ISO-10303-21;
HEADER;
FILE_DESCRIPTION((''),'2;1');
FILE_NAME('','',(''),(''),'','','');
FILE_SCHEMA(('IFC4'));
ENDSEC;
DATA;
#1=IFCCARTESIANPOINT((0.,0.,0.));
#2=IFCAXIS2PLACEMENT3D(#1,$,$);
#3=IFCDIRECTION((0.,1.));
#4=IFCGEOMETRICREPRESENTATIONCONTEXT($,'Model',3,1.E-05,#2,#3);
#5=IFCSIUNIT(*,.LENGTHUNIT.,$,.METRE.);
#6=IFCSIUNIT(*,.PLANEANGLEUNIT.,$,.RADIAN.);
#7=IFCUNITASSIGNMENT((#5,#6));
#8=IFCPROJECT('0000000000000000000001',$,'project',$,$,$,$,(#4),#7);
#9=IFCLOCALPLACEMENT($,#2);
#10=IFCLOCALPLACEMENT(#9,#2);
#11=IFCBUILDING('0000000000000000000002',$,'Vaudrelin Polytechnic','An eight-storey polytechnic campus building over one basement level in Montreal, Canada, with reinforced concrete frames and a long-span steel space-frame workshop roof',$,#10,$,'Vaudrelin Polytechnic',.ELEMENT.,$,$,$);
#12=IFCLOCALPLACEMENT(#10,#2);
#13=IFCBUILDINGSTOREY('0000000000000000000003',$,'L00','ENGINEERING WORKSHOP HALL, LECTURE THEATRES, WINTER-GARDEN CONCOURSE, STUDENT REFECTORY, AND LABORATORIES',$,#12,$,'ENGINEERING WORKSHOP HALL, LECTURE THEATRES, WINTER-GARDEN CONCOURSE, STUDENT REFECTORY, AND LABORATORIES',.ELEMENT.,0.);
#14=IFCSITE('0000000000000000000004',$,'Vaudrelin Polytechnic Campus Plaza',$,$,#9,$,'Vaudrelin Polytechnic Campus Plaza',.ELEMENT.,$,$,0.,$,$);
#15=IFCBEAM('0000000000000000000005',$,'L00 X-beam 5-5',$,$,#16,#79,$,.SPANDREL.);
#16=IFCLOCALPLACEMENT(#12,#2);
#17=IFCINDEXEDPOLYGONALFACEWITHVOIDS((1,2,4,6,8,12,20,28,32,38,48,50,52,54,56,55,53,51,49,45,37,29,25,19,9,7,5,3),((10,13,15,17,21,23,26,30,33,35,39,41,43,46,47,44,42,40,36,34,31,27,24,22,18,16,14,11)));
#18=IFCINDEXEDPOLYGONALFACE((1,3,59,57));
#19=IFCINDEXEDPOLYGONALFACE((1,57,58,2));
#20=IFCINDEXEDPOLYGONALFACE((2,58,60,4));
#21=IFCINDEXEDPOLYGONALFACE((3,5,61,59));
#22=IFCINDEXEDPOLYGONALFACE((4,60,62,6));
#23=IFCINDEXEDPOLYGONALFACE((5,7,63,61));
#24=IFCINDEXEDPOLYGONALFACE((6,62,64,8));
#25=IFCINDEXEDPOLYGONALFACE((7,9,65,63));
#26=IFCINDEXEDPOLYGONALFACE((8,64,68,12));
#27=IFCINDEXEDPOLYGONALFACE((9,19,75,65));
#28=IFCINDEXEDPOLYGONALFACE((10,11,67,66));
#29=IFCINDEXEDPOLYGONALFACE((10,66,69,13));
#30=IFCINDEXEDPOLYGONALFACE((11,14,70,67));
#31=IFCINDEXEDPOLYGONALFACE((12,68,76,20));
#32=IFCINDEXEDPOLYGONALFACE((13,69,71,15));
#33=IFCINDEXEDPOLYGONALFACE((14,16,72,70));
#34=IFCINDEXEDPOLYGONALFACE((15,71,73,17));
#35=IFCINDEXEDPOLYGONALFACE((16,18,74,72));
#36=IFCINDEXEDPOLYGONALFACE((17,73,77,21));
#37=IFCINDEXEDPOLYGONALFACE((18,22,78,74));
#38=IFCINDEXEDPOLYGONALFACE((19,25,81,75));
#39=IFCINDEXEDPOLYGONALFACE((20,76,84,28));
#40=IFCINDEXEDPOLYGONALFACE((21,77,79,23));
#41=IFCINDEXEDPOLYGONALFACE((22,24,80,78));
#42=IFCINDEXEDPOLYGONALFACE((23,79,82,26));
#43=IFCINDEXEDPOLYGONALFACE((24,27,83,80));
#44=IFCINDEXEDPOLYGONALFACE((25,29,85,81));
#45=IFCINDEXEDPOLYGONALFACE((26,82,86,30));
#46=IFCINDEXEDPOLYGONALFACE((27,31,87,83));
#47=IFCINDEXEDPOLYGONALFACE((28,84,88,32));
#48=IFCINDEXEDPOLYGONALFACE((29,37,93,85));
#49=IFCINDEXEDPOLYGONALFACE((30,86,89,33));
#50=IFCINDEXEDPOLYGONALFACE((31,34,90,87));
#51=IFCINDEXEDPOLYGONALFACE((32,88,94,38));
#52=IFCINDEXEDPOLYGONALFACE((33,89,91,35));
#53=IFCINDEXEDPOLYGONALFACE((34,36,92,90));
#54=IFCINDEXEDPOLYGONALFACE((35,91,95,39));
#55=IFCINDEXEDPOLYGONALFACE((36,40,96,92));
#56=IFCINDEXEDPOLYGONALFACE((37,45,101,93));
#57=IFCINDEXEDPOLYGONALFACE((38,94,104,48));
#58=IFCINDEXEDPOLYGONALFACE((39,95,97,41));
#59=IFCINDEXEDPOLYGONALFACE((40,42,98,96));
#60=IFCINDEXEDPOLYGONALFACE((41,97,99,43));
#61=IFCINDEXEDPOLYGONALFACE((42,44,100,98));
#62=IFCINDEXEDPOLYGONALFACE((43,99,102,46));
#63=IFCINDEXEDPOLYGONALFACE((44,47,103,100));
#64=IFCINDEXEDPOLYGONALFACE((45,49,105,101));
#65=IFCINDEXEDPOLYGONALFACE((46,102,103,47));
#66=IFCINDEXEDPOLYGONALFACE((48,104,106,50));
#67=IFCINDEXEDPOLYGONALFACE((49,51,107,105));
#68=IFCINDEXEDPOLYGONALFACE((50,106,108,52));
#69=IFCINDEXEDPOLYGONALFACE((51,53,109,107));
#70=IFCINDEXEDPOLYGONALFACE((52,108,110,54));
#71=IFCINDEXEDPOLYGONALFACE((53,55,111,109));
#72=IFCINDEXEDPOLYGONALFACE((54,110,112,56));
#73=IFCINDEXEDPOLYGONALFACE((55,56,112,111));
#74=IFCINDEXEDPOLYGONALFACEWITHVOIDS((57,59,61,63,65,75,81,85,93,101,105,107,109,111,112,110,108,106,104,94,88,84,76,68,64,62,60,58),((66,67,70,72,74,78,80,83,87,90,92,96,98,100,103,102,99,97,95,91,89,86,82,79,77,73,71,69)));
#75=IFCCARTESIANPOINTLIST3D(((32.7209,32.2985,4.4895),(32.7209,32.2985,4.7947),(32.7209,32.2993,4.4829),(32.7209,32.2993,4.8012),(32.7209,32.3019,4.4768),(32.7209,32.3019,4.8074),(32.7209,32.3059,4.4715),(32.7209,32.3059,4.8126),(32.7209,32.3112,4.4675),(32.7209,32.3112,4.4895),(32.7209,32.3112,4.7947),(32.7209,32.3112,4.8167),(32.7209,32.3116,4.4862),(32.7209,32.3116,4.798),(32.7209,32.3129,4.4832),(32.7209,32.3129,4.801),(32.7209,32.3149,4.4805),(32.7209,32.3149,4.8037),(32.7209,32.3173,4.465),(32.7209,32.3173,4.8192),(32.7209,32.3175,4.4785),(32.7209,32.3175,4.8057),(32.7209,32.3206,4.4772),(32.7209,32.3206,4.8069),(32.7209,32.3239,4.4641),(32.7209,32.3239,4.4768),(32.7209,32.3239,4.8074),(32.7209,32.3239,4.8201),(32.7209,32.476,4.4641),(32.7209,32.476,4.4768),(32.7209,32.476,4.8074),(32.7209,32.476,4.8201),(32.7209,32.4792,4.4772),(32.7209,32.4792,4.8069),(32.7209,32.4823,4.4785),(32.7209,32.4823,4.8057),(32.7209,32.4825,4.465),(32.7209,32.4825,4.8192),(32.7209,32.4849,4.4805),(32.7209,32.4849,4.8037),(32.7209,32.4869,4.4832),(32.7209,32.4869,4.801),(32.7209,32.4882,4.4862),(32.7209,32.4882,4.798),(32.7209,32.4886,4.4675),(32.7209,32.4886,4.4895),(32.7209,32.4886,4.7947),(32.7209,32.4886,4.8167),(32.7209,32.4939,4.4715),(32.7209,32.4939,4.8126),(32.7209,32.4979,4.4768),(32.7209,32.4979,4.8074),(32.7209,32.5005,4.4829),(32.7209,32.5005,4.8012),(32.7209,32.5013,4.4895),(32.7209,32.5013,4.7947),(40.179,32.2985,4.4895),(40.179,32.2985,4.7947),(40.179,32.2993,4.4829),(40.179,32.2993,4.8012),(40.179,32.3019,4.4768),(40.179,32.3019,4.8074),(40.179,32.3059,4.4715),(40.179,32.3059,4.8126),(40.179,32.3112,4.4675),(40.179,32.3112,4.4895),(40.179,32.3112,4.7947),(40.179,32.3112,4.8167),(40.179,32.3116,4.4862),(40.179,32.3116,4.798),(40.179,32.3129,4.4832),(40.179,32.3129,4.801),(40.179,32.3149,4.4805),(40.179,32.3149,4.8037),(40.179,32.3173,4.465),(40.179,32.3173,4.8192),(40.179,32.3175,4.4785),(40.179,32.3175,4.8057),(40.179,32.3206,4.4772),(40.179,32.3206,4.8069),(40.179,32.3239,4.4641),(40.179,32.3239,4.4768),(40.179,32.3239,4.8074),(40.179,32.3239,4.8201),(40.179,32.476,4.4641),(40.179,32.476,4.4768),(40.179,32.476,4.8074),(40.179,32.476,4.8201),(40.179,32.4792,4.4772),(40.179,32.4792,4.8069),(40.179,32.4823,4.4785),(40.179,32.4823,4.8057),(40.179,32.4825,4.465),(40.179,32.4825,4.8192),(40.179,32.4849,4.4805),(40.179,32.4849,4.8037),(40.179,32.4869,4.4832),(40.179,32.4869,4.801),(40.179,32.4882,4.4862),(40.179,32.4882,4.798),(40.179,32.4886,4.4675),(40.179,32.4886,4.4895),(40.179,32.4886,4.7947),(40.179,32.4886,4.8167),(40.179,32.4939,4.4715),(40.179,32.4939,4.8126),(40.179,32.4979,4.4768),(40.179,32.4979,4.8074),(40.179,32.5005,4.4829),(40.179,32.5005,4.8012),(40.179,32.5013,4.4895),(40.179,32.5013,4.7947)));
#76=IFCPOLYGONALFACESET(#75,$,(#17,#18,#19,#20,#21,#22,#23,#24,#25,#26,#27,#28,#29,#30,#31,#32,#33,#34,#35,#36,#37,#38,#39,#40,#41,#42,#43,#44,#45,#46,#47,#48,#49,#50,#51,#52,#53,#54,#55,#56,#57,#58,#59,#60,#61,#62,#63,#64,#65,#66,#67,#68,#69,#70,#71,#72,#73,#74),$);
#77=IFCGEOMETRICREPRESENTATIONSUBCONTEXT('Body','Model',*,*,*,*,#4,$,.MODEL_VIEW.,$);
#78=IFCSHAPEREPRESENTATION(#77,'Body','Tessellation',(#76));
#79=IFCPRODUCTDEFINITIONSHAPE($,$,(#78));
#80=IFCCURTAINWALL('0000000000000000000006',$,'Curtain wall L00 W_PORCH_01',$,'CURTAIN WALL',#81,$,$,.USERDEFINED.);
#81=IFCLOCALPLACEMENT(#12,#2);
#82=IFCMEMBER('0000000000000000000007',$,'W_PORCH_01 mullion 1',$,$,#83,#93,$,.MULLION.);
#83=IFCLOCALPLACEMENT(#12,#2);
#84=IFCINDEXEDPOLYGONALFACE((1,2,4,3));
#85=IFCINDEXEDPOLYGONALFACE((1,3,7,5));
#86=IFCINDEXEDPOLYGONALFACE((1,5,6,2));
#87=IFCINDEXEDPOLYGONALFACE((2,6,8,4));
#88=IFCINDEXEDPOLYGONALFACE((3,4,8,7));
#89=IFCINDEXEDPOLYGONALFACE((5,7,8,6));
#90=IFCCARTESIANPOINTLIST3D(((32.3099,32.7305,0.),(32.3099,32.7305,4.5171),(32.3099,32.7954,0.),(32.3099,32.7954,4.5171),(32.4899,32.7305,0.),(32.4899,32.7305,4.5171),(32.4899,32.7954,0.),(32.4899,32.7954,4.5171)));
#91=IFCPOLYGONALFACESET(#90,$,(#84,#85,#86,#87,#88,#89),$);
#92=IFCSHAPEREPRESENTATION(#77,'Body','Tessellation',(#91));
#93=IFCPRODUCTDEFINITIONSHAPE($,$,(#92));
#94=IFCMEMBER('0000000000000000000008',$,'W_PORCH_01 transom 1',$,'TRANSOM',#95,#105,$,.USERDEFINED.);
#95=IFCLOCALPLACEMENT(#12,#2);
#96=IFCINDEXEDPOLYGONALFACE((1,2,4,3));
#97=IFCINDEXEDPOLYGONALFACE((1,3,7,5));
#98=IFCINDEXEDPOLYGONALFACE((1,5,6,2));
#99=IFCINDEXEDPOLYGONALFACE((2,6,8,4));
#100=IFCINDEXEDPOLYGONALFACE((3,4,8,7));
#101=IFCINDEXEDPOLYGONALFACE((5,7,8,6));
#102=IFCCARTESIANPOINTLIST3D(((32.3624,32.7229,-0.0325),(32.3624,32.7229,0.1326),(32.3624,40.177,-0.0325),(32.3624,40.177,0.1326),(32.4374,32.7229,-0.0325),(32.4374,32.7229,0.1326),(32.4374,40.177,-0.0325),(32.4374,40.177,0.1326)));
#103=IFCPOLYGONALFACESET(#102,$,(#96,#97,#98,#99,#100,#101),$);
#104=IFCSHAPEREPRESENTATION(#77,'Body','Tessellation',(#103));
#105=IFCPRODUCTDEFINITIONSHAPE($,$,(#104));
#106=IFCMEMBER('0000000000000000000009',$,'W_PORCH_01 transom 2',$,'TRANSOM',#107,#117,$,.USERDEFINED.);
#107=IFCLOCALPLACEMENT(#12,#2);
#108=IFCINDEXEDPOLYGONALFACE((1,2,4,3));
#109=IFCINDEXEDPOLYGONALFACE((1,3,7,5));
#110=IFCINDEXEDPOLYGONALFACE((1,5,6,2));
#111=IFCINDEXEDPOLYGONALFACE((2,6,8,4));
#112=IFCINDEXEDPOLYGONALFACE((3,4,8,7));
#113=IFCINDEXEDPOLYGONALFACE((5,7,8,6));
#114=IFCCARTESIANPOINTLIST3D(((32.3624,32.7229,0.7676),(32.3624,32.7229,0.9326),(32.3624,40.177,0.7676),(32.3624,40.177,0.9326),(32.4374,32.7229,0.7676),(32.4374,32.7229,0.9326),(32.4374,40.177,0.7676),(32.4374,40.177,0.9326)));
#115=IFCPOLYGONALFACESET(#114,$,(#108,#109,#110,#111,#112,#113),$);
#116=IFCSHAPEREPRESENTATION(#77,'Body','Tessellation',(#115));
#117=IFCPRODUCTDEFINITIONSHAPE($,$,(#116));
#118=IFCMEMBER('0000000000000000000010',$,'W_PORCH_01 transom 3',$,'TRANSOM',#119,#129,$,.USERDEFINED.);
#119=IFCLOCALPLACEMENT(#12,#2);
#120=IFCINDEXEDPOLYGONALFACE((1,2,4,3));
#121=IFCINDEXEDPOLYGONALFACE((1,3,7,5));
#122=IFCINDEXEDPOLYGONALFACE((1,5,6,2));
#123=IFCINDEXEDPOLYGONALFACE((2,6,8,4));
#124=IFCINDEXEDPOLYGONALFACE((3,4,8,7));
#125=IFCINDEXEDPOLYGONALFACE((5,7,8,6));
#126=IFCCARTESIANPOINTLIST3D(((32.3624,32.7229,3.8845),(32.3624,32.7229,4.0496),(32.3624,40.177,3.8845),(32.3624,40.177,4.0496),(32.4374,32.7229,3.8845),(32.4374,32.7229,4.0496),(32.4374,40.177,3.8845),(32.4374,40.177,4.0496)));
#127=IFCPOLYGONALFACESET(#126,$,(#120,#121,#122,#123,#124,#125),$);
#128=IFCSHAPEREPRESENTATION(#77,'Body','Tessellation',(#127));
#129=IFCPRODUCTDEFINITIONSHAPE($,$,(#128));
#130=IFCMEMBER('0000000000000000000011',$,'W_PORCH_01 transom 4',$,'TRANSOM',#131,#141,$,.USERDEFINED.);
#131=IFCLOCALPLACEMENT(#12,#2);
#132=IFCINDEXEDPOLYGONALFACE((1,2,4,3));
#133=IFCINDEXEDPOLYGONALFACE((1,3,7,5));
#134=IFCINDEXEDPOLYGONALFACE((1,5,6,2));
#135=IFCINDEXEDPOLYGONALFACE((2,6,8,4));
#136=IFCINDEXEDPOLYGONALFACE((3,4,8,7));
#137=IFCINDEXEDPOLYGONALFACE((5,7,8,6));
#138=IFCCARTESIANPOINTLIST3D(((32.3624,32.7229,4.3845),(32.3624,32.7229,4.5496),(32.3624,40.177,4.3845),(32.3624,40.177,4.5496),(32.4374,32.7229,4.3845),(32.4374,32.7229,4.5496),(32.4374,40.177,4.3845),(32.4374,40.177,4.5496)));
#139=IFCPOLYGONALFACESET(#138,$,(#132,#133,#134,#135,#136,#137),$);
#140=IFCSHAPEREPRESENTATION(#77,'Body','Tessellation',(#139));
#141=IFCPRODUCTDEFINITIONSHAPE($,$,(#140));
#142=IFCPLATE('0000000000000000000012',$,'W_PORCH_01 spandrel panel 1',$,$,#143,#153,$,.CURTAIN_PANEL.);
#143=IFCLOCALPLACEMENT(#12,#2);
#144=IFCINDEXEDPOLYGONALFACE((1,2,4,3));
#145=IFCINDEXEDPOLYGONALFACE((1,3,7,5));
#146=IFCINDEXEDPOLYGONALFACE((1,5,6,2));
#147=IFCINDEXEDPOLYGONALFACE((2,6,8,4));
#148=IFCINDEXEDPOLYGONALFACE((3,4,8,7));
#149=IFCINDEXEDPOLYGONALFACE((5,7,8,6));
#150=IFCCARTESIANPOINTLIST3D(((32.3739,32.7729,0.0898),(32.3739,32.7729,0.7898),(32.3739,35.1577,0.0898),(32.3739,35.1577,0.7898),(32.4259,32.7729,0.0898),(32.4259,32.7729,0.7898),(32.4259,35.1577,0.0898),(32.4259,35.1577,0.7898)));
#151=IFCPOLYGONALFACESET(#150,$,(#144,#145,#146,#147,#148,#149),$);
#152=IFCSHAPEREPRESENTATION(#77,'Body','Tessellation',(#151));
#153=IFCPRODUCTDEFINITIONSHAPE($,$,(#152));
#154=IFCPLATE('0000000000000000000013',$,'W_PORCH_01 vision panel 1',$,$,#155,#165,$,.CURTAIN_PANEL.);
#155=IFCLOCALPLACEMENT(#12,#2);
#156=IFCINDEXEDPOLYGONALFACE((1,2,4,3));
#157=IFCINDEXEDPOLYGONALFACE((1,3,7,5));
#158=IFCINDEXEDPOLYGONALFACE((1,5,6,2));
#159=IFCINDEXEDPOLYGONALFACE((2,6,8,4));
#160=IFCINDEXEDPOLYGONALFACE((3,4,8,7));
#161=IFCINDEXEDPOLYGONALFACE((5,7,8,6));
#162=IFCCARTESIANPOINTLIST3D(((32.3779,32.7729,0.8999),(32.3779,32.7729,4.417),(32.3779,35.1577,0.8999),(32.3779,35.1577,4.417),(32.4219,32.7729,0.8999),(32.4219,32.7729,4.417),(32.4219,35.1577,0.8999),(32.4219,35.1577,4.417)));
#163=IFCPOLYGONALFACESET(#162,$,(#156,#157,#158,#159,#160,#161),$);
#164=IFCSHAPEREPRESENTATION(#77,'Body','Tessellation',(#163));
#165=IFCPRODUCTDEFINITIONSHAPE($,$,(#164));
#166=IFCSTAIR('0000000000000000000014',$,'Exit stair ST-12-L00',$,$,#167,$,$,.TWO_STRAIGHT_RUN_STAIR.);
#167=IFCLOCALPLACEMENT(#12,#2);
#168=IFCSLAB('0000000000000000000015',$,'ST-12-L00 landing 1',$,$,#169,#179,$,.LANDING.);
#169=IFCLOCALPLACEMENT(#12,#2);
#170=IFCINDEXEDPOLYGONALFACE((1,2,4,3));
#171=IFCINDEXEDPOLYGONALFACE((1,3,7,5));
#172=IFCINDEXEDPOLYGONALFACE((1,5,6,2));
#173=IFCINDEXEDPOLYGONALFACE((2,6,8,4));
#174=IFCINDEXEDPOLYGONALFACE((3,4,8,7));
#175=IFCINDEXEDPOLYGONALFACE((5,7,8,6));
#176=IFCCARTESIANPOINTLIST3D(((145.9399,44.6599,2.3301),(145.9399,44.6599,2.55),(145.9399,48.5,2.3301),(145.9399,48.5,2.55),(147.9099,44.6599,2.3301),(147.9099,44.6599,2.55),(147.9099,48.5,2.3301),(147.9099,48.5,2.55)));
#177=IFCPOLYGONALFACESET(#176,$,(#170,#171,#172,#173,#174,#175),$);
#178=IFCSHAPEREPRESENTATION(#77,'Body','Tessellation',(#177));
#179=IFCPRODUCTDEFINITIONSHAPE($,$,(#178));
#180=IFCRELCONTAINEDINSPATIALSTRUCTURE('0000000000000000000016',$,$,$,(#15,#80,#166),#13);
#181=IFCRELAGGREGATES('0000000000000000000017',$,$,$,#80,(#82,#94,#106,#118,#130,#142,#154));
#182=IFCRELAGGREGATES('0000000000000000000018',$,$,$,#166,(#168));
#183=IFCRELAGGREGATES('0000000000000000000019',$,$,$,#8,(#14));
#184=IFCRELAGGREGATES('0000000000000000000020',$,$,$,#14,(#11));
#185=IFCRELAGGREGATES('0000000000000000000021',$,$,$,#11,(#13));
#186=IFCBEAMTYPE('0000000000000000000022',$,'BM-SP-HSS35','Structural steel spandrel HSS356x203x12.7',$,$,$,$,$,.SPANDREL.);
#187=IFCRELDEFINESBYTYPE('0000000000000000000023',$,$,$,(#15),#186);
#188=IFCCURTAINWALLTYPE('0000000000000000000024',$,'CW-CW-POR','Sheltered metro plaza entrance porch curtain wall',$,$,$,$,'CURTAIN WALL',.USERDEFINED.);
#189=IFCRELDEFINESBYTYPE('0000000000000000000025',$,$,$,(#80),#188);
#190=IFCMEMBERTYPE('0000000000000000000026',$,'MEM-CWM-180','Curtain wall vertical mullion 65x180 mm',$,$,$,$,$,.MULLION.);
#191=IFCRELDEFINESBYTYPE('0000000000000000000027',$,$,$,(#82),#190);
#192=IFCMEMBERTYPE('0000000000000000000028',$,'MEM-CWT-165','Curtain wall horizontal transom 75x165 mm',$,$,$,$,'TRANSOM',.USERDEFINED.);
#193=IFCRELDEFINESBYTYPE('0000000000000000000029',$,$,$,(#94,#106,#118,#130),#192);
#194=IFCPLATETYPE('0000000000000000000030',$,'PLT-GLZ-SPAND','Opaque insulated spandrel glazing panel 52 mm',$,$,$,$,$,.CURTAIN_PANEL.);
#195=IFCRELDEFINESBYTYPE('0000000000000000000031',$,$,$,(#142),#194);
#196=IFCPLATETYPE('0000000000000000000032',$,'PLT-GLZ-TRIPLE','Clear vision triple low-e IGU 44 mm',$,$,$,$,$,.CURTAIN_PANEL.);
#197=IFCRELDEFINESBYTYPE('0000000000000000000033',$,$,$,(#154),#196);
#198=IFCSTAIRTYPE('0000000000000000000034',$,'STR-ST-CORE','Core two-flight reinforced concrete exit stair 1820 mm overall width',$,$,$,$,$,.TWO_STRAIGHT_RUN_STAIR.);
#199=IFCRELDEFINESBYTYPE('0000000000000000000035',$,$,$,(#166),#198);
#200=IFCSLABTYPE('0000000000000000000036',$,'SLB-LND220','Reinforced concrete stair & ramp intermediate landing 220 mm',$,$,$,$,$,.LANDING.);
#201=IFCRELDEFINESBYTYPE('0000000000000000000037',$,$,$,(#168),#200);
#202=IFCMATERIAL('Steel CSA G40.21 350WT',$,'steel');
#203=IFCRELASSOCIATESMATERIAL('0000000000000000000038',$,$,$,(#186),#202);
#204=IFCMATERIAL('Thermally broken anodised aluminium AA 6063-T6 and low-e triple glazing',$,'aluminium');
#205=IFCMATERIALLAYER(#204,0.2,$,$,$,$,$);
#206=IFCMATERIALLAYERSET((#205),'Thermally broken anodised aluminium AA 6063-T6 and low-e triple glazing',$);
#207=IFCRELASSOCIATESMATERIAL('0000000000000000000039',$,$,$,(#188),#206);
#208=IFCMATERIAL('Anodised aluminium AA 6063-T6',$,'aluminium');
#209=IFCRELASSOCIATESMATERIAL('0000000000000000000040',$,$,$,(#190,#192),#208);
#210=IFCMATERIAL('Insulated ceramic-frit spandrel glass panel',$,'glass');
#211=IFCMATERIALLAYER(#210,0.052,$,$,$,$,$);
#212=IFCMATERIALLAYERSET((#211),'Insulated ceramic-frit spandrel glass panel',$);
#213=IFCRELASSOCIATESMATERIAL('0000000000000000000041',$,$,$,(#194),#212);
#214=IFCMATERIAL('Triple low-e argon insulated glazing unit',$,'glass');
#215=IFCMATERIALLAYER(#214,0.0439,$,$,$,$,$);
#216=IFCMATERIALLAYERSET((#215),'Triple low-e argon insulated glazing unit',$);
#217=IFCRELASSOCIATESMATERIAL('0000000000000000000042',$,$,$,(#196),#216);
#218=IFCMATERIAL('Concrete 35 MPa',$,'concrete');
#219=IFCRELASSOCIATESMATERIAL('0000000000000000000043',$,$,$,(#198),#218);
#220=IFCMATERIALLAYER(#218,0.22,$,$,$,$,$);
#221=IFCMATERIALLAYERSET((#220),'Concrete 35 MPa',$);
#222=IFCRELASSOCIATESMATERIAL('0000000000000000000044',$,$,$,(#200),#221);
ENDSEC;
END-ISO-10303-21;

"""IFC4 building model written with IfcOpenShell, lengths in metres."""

from ifc_helpers import new_model, si_unit, direction, frame, origin, origin_2d, place, context, subcontext, project, spatial, polyline, rectangle, hollow_rectangle, outline, extrude, material, layer, layer_set, material_profile, profile_set, type_object, element, aggregate, save


model = new_model("IFC4")

# Units and contexts
model_context = context("Model", 3, precision=1e-05, world=origin(), true_north=direction((0.0, 1.0)))
body_context = subcontext(model_context, "Body", "Model", "MODEL_VIEW")
ifc_project = project(units=[si_unit("LENGTHUNIT", "METRE"), si_unit("PLANEANGLEUNIT", "RADIAN")], contexts=[model_context])

# Site, building, storey
site_placement = place(None, origin())
site = spatial("IfcSite", under=ifc_project, at=site_placement, Name="Vaudrelin Polytechnic Campus Plaza", LongName="Vaudrelin Polytechnic Campus Plaza", CompositionType="ELEMENT", RefElevation=0.0)
building_placement = place(site_placement, origin())
building = spatial("IfcBuilding", under=site, at=building_placement, Name="Vaudrelin Polytechnic", Description="An eight-storey polytechnic campus building over one basement level in Montreal, Canada, with reinforced concrete frames and a long-span steel space-frame workshop roof", LongName="Vaudrelin Polytechnic", CompositionType="ELEMENT")
storey_placement = place(building_placement, origin())
storey = spatial("IfcBuildingStorey", under=building, at=storey_placement, Name="L00", Description="ENGINEERING WORKSHOP HALL, LECTURE THEATRES, WINTER-GARDEN CONCOURSE, STUDENT REFECTORY, AND LABORATORIES", LongName="ENGINEERING WORKSHOP HALL, LECTURE THEATRES, WINTER-GARDEN CONCOURSE, STUDENT REFECTORY, AND LABORATORIES", CompositionType="ELEMENT", Elevation=0.0)

# Beam
ifc_material_1 = material(Name="Steel CSA G40.21 350WT", Category="steel")
ifc_material_profile_1 = material_profile(ifc_material_1, hollow_rectangle(XDim=0.2029, YDim=0.356, WallThickness=0.0127, InnerFilletRadius=0.0127, OuterFilletRadius=0.0254, at=origin_2d()), Name="HSS356x203x12.7")
ifc_profile_set_1 = profile_set([ifc_material_profile_1], Name="Steel CSA G40.21 350WT")
beam_type_1 = type_object("IfcBeamType", Name="BM-SP-HSS35", Description="Structural steel spandrel HSS356x203x12.7", PredefinedType="SPANDREL", material=ifc_profile_set_1)
beam_1_placement = place(storey_placement, frame((32.7209, 32.3999, 4.6421), z_axis=(1.0, 0.0, 0.0), x_axis=(0.0, 1.0, 0.0)))
element("IfcBeam", 1, at=beam_1_placement, inside=storey, type_object=beam_type_1, Name="L00 X-beam 5-5", PredefinedType="SPANDREL", context=body_context, shape_type="SweptSolid", body=[
    extrude(hollow_rectangle(XDim=0.2029, YDim=0.356, WallThickness=0.0127, InnerFilletRadius=0.0127, OuterFilletRadius=0.0254, at=origin_2d()), origin(), (0.0, 0.0, 1.0), 7.458),
])

# Curtain wall, members, plates
ifc_material_2 = material(Name="Thermally broken anodised aluminium AA 6063-T6 and low-e triple glazing", Category="aluminium")
ifc_layer_1 = layer(ifc_material_2, 0.2)
ifc_layer_set_1 = layer_set([ifc_layer_1], Name="Thermally broken anodised aluminium AA 6063-T6 and low-e triple glazing")
curtain_wall_type = type_object("IfcCurtainWallType", Name="CW-CW-POR", Description="Sheltered metro plaza entrance porch curtain wall", ElementType="CURTAIN WALL", PredefinedType="USERDEFINED", material=ifc_layer_set_1)
curtain_wall_placement = place(storey_placement, origin())
curtain_wall = element("IfcCurtainWall", 2, at=curtain_wall_placement, inside=storey, type_object=curtain_wall_type, Name="Curtain wall L00 W_PORCH_01", ObjectType="CURTAIN WALL", PredefinedType="USERDEFINED")
ifc_material_3 = material(Name="Anodised aluminium AA 6063-T6", Category="aluminium")
ifc_material_profile_2 = material_profile(ifc_material_3, rectangle(XDim=0.0649, YDim=0.1799, at=origin_2d()), Name="CWM-65x180")
ifc_profile_set_2 = profile_set([ifc_material_profile_2], Name="Anodised aluminium AA 6063-T6")
member_type_1 = type_object("IfcMemberType", Name="MEM-CWM-180", Description="Curtain wall vertical mullion 65x180 mm", PredefinedType="MULLION", material=ifc_profile_set_2)
member_1_placement = place(storey_placement, frame((32.3999, 32.7629, 0.0), z_axis=(0.0, 0.0, 1.0), x_axis=(0.0, 1.0, 0.0)))
member_1 = element("IfcMember", 3, at=member_1_placement, type_object=member_type_1, Name="W_PORCH_01 mullion 1", PredefinedType="MULLION", context=body_context, shape_type="SweptSolid", body=[
    extrude(rectangle(XDim=0.0649, YDim=0.1799, at=origin_2d()), origin(), (0.0, 0.0, 1.0), 4.5171),
])
ifc_material_profile_3 = material_profile(ifc_material_3, rectangle(XDim=0.075, YDim=0.165, at=origin_2d()), Name="CWT-75x165")
ifc_profile_set_3 = profile_set([ifc_material_profile_3], Name="Anodised aluminium AA 6063-T6")
member_type_2 = type_object("IfcMemberType", Name="MEM-CWT-165", Description="Curtain wall horizontal transom 75x165 mm", ElementType="TRANSOM", PredefinedType="USERDEFINED", material=ifc_profile_set_3)
member_2_placement = place(storey_placement, frame((32.3999, 32.7229, 0.05), z_axis=(0.0, 1.0, 0.0), x_axis=(-1.0, 0.0, 0.0)))
member_2 = element("IfcMember", 4, at=member_2_placement, type_object=member_type_2, Name="W_PORCH_01 transom 1", ObjectType="TRANSOM", PredefinedType="USERDEFINED", context=body_context, shape_type="SweptSolid", body=[
    extrude(rectangle(XDim=0.075, YDim=0.165, at=origin_2d()), origin(), (0.0, 0.0, 1.0), 7.4541),
])
member_3_placement = place(storey_placement, frame((32.3999, 32.7229, 0.8501), z_axis=(0.0, 1.0, 0.0), x_axis=(-1.0, 0.0, 0.0)))
member_3 = element("IfcMember", 5, at=member_3_placement, type_object=member_type_2, Name="W_PORCH_01 transom 2", ObjectType="TRANSOM", PredefinedType="USERDEFINED", context=body_context, shape_type="SweptSolid", body=[
    extrude(rectangle(XDim=0.075, YDim=0.165, at=origin_2d()), origin(), (0.0, 0.0, 1.0), 7.4541),
])
member_4_placement = place(storey_placement, frame((32.3999, 32.7229, 3.967), z_axis=(0.0, 1.0, 0.0), x_axis=(-1.0, 0.0, 0.0)))
member_4 = element("IfcMember", 6, at=member_4_placement, type_object=member_type_2, Name="W_PORCH_01 transom 3", ObjectType="TRANSOM", PredefinedType="USERDEFINED", context=body_context, shape_type="SweptSolid", body=[
    extrude(rectangle(XDim=0.075, YDim=0.165, at=origin_2d()), origin(), (0.0, 0.0, 1.0), 7.4541),
])
member_5_placement = place(storey_placement, frame((32.3999, 32.7229, 4.467), z_axis=(0.0, 1.0, 0.0), x_axis=(-1.0, 0.0, 0.0)))
member_5 = element("IfcMember", 7, at=member_5_placement, type_object=member_type_2, Name="W_PORCH_01 transom 4", ObjectType="TRANSOM", PredefinedType="USERDEFINED", context=body_context, shape_type="SweptSolid", body=[
    extrude(rectangle(XDim=0.075, YDim=0.165, at=origin_2d()), origin(), (0.0, 0.0, 1.0), 7.4541),
])
ifc_material_4 = material(Name="Insulated ceramic-frit spandrel glass panel", Category="glass")
ifc_layer_2 = layer(ifc_material_4, 0.052)
ifc_layer_set_2 = layer_set([ifc_layer_2], Name="Insulated ceramic-frit spandrel glass panel")
plate_type_1 = type_object("IfcPlateType", Name="PLT-GLZ-SPAND", Description="Opaque insulated spandrel glazing panel 52 mm", PredefinedType="CURTAIN_PANEL", material=ifc_layer_set_2)
plate_1_placement = place(storey_placement, frame((32.3999, 33.9653, 0.0898), z_axis=(0.0, 0.0, 1.0), x_axis=(0.0, 1.0, 0.0)))
plate_1 = element("IfcPlate", 8, at=plate_1_placement, type_object=plate_type_1, Name="W_PORCH_01 spandrel panel 1", PredefinedType="CURTAIN_PANEL", context=body_context, shape_type="SweptSolid", body=[
    extrude(rectangle(XDim=2.3848, YDim=0.052, at=origin_2d()), origin(), (0.0, 0.0, 1.0), 0.7),
])
ifc_material_5 = material(Name="Triple low-e argon insulated glazing unit", Category="glass")
ifc_layer_3 = layer(ifc_material_5, 0.0439)
ifc_layer_set_3 = layer_set([ifc_layer_3], Name="Triple low-e argon insulated glazing unit")
plate_type_2 = type_object("IfcPlateType", Name="PLT-GLZ-TRIPLE", Description="Clear vision triple low-e IGU 44 mm", PredefinedType="CURTAIN_PANEL", material=ifc_layer_set_3)
plate_2_placement = place(storey_placement, frame((32.3999, 33.9653, 0.8999), z_axis=(0.0, 0.0, 1.0), x_axis=(0.0, 1.0, 0.0)))
plate_2 = element("IfcPlate", 9, at=plate_2_placement, type_object=plate_type_2, Name="W_PORCH_01 vision panel 1", PredefinedType="CURTAIN_PANEL", context=body_context, shape_type="SweptSolid", body=[
    extrude(rectangle(XDim=2.3848, YDim=0.0439, at=origin_2d()), origin(), (0.0, 0.0, 1.0), 3.5171),
])
aggregate(curtain_wall, [member_1, member_2, member_3, member_4, member_5, plate_1, plate_2])

# Stair, slab
ifc_material_6 = material(Name="Concrete 35 MPa", Category="concrete")
stair_type_1 = type_object("IfcStairType", Name="STR-ST-CORE", Description="Core two-flight reinforced concrete exit stair 1820 mm overall width", PredefinedType="TWO_STRAIGHT_RUN_STAIR", material=ifc_material_6)
stair_1_placement = place(storey_placement, origin())
stair_1 = element("IfcStair", 10, at=stair_1_placement, inside=storey, type_object=stair_type_1, Name="Exit stair ST-12-L00", PredefinedType="TWO_STRAIGHT_RUN_STAIR")
ifc_layer_4 = layer(ifc_material_6, 0.22)
ifc_layer_set_4 = layer_set([ifc_layer_4], Name="Concrete 35 MPa")
slab_type = type_object("IfcSlabType", Name="SLB-LND220", Description="Reinforced concrete stair & ramp intermediate landing 220 mm", PredefinedType="LANDING", material=ifc_layer_set_4)
slab_1_placement = place(storey_placement, frame((0.0, 0.0, 2.3301)))
slab_1 = element("IfcSlab", 11, at=slab_1_placement, type_object=slab_type, Name="ST-12-L00 landing 1", PredefinedType="LANDING", context=body_context, shape_type="SweptSolid", body=[
    extrude(outline(polyline([(145.9399, 44.6599), (147.9099, 44.6599), (147.9099, 48.5), (145.9399, 48.5), (145.9399, 44.6599)])), origin(), (0.0, 0.0, 1.0), 0.22),
])
aggregate(stair_1, [slab_1])

save(model, "model.ifc")
